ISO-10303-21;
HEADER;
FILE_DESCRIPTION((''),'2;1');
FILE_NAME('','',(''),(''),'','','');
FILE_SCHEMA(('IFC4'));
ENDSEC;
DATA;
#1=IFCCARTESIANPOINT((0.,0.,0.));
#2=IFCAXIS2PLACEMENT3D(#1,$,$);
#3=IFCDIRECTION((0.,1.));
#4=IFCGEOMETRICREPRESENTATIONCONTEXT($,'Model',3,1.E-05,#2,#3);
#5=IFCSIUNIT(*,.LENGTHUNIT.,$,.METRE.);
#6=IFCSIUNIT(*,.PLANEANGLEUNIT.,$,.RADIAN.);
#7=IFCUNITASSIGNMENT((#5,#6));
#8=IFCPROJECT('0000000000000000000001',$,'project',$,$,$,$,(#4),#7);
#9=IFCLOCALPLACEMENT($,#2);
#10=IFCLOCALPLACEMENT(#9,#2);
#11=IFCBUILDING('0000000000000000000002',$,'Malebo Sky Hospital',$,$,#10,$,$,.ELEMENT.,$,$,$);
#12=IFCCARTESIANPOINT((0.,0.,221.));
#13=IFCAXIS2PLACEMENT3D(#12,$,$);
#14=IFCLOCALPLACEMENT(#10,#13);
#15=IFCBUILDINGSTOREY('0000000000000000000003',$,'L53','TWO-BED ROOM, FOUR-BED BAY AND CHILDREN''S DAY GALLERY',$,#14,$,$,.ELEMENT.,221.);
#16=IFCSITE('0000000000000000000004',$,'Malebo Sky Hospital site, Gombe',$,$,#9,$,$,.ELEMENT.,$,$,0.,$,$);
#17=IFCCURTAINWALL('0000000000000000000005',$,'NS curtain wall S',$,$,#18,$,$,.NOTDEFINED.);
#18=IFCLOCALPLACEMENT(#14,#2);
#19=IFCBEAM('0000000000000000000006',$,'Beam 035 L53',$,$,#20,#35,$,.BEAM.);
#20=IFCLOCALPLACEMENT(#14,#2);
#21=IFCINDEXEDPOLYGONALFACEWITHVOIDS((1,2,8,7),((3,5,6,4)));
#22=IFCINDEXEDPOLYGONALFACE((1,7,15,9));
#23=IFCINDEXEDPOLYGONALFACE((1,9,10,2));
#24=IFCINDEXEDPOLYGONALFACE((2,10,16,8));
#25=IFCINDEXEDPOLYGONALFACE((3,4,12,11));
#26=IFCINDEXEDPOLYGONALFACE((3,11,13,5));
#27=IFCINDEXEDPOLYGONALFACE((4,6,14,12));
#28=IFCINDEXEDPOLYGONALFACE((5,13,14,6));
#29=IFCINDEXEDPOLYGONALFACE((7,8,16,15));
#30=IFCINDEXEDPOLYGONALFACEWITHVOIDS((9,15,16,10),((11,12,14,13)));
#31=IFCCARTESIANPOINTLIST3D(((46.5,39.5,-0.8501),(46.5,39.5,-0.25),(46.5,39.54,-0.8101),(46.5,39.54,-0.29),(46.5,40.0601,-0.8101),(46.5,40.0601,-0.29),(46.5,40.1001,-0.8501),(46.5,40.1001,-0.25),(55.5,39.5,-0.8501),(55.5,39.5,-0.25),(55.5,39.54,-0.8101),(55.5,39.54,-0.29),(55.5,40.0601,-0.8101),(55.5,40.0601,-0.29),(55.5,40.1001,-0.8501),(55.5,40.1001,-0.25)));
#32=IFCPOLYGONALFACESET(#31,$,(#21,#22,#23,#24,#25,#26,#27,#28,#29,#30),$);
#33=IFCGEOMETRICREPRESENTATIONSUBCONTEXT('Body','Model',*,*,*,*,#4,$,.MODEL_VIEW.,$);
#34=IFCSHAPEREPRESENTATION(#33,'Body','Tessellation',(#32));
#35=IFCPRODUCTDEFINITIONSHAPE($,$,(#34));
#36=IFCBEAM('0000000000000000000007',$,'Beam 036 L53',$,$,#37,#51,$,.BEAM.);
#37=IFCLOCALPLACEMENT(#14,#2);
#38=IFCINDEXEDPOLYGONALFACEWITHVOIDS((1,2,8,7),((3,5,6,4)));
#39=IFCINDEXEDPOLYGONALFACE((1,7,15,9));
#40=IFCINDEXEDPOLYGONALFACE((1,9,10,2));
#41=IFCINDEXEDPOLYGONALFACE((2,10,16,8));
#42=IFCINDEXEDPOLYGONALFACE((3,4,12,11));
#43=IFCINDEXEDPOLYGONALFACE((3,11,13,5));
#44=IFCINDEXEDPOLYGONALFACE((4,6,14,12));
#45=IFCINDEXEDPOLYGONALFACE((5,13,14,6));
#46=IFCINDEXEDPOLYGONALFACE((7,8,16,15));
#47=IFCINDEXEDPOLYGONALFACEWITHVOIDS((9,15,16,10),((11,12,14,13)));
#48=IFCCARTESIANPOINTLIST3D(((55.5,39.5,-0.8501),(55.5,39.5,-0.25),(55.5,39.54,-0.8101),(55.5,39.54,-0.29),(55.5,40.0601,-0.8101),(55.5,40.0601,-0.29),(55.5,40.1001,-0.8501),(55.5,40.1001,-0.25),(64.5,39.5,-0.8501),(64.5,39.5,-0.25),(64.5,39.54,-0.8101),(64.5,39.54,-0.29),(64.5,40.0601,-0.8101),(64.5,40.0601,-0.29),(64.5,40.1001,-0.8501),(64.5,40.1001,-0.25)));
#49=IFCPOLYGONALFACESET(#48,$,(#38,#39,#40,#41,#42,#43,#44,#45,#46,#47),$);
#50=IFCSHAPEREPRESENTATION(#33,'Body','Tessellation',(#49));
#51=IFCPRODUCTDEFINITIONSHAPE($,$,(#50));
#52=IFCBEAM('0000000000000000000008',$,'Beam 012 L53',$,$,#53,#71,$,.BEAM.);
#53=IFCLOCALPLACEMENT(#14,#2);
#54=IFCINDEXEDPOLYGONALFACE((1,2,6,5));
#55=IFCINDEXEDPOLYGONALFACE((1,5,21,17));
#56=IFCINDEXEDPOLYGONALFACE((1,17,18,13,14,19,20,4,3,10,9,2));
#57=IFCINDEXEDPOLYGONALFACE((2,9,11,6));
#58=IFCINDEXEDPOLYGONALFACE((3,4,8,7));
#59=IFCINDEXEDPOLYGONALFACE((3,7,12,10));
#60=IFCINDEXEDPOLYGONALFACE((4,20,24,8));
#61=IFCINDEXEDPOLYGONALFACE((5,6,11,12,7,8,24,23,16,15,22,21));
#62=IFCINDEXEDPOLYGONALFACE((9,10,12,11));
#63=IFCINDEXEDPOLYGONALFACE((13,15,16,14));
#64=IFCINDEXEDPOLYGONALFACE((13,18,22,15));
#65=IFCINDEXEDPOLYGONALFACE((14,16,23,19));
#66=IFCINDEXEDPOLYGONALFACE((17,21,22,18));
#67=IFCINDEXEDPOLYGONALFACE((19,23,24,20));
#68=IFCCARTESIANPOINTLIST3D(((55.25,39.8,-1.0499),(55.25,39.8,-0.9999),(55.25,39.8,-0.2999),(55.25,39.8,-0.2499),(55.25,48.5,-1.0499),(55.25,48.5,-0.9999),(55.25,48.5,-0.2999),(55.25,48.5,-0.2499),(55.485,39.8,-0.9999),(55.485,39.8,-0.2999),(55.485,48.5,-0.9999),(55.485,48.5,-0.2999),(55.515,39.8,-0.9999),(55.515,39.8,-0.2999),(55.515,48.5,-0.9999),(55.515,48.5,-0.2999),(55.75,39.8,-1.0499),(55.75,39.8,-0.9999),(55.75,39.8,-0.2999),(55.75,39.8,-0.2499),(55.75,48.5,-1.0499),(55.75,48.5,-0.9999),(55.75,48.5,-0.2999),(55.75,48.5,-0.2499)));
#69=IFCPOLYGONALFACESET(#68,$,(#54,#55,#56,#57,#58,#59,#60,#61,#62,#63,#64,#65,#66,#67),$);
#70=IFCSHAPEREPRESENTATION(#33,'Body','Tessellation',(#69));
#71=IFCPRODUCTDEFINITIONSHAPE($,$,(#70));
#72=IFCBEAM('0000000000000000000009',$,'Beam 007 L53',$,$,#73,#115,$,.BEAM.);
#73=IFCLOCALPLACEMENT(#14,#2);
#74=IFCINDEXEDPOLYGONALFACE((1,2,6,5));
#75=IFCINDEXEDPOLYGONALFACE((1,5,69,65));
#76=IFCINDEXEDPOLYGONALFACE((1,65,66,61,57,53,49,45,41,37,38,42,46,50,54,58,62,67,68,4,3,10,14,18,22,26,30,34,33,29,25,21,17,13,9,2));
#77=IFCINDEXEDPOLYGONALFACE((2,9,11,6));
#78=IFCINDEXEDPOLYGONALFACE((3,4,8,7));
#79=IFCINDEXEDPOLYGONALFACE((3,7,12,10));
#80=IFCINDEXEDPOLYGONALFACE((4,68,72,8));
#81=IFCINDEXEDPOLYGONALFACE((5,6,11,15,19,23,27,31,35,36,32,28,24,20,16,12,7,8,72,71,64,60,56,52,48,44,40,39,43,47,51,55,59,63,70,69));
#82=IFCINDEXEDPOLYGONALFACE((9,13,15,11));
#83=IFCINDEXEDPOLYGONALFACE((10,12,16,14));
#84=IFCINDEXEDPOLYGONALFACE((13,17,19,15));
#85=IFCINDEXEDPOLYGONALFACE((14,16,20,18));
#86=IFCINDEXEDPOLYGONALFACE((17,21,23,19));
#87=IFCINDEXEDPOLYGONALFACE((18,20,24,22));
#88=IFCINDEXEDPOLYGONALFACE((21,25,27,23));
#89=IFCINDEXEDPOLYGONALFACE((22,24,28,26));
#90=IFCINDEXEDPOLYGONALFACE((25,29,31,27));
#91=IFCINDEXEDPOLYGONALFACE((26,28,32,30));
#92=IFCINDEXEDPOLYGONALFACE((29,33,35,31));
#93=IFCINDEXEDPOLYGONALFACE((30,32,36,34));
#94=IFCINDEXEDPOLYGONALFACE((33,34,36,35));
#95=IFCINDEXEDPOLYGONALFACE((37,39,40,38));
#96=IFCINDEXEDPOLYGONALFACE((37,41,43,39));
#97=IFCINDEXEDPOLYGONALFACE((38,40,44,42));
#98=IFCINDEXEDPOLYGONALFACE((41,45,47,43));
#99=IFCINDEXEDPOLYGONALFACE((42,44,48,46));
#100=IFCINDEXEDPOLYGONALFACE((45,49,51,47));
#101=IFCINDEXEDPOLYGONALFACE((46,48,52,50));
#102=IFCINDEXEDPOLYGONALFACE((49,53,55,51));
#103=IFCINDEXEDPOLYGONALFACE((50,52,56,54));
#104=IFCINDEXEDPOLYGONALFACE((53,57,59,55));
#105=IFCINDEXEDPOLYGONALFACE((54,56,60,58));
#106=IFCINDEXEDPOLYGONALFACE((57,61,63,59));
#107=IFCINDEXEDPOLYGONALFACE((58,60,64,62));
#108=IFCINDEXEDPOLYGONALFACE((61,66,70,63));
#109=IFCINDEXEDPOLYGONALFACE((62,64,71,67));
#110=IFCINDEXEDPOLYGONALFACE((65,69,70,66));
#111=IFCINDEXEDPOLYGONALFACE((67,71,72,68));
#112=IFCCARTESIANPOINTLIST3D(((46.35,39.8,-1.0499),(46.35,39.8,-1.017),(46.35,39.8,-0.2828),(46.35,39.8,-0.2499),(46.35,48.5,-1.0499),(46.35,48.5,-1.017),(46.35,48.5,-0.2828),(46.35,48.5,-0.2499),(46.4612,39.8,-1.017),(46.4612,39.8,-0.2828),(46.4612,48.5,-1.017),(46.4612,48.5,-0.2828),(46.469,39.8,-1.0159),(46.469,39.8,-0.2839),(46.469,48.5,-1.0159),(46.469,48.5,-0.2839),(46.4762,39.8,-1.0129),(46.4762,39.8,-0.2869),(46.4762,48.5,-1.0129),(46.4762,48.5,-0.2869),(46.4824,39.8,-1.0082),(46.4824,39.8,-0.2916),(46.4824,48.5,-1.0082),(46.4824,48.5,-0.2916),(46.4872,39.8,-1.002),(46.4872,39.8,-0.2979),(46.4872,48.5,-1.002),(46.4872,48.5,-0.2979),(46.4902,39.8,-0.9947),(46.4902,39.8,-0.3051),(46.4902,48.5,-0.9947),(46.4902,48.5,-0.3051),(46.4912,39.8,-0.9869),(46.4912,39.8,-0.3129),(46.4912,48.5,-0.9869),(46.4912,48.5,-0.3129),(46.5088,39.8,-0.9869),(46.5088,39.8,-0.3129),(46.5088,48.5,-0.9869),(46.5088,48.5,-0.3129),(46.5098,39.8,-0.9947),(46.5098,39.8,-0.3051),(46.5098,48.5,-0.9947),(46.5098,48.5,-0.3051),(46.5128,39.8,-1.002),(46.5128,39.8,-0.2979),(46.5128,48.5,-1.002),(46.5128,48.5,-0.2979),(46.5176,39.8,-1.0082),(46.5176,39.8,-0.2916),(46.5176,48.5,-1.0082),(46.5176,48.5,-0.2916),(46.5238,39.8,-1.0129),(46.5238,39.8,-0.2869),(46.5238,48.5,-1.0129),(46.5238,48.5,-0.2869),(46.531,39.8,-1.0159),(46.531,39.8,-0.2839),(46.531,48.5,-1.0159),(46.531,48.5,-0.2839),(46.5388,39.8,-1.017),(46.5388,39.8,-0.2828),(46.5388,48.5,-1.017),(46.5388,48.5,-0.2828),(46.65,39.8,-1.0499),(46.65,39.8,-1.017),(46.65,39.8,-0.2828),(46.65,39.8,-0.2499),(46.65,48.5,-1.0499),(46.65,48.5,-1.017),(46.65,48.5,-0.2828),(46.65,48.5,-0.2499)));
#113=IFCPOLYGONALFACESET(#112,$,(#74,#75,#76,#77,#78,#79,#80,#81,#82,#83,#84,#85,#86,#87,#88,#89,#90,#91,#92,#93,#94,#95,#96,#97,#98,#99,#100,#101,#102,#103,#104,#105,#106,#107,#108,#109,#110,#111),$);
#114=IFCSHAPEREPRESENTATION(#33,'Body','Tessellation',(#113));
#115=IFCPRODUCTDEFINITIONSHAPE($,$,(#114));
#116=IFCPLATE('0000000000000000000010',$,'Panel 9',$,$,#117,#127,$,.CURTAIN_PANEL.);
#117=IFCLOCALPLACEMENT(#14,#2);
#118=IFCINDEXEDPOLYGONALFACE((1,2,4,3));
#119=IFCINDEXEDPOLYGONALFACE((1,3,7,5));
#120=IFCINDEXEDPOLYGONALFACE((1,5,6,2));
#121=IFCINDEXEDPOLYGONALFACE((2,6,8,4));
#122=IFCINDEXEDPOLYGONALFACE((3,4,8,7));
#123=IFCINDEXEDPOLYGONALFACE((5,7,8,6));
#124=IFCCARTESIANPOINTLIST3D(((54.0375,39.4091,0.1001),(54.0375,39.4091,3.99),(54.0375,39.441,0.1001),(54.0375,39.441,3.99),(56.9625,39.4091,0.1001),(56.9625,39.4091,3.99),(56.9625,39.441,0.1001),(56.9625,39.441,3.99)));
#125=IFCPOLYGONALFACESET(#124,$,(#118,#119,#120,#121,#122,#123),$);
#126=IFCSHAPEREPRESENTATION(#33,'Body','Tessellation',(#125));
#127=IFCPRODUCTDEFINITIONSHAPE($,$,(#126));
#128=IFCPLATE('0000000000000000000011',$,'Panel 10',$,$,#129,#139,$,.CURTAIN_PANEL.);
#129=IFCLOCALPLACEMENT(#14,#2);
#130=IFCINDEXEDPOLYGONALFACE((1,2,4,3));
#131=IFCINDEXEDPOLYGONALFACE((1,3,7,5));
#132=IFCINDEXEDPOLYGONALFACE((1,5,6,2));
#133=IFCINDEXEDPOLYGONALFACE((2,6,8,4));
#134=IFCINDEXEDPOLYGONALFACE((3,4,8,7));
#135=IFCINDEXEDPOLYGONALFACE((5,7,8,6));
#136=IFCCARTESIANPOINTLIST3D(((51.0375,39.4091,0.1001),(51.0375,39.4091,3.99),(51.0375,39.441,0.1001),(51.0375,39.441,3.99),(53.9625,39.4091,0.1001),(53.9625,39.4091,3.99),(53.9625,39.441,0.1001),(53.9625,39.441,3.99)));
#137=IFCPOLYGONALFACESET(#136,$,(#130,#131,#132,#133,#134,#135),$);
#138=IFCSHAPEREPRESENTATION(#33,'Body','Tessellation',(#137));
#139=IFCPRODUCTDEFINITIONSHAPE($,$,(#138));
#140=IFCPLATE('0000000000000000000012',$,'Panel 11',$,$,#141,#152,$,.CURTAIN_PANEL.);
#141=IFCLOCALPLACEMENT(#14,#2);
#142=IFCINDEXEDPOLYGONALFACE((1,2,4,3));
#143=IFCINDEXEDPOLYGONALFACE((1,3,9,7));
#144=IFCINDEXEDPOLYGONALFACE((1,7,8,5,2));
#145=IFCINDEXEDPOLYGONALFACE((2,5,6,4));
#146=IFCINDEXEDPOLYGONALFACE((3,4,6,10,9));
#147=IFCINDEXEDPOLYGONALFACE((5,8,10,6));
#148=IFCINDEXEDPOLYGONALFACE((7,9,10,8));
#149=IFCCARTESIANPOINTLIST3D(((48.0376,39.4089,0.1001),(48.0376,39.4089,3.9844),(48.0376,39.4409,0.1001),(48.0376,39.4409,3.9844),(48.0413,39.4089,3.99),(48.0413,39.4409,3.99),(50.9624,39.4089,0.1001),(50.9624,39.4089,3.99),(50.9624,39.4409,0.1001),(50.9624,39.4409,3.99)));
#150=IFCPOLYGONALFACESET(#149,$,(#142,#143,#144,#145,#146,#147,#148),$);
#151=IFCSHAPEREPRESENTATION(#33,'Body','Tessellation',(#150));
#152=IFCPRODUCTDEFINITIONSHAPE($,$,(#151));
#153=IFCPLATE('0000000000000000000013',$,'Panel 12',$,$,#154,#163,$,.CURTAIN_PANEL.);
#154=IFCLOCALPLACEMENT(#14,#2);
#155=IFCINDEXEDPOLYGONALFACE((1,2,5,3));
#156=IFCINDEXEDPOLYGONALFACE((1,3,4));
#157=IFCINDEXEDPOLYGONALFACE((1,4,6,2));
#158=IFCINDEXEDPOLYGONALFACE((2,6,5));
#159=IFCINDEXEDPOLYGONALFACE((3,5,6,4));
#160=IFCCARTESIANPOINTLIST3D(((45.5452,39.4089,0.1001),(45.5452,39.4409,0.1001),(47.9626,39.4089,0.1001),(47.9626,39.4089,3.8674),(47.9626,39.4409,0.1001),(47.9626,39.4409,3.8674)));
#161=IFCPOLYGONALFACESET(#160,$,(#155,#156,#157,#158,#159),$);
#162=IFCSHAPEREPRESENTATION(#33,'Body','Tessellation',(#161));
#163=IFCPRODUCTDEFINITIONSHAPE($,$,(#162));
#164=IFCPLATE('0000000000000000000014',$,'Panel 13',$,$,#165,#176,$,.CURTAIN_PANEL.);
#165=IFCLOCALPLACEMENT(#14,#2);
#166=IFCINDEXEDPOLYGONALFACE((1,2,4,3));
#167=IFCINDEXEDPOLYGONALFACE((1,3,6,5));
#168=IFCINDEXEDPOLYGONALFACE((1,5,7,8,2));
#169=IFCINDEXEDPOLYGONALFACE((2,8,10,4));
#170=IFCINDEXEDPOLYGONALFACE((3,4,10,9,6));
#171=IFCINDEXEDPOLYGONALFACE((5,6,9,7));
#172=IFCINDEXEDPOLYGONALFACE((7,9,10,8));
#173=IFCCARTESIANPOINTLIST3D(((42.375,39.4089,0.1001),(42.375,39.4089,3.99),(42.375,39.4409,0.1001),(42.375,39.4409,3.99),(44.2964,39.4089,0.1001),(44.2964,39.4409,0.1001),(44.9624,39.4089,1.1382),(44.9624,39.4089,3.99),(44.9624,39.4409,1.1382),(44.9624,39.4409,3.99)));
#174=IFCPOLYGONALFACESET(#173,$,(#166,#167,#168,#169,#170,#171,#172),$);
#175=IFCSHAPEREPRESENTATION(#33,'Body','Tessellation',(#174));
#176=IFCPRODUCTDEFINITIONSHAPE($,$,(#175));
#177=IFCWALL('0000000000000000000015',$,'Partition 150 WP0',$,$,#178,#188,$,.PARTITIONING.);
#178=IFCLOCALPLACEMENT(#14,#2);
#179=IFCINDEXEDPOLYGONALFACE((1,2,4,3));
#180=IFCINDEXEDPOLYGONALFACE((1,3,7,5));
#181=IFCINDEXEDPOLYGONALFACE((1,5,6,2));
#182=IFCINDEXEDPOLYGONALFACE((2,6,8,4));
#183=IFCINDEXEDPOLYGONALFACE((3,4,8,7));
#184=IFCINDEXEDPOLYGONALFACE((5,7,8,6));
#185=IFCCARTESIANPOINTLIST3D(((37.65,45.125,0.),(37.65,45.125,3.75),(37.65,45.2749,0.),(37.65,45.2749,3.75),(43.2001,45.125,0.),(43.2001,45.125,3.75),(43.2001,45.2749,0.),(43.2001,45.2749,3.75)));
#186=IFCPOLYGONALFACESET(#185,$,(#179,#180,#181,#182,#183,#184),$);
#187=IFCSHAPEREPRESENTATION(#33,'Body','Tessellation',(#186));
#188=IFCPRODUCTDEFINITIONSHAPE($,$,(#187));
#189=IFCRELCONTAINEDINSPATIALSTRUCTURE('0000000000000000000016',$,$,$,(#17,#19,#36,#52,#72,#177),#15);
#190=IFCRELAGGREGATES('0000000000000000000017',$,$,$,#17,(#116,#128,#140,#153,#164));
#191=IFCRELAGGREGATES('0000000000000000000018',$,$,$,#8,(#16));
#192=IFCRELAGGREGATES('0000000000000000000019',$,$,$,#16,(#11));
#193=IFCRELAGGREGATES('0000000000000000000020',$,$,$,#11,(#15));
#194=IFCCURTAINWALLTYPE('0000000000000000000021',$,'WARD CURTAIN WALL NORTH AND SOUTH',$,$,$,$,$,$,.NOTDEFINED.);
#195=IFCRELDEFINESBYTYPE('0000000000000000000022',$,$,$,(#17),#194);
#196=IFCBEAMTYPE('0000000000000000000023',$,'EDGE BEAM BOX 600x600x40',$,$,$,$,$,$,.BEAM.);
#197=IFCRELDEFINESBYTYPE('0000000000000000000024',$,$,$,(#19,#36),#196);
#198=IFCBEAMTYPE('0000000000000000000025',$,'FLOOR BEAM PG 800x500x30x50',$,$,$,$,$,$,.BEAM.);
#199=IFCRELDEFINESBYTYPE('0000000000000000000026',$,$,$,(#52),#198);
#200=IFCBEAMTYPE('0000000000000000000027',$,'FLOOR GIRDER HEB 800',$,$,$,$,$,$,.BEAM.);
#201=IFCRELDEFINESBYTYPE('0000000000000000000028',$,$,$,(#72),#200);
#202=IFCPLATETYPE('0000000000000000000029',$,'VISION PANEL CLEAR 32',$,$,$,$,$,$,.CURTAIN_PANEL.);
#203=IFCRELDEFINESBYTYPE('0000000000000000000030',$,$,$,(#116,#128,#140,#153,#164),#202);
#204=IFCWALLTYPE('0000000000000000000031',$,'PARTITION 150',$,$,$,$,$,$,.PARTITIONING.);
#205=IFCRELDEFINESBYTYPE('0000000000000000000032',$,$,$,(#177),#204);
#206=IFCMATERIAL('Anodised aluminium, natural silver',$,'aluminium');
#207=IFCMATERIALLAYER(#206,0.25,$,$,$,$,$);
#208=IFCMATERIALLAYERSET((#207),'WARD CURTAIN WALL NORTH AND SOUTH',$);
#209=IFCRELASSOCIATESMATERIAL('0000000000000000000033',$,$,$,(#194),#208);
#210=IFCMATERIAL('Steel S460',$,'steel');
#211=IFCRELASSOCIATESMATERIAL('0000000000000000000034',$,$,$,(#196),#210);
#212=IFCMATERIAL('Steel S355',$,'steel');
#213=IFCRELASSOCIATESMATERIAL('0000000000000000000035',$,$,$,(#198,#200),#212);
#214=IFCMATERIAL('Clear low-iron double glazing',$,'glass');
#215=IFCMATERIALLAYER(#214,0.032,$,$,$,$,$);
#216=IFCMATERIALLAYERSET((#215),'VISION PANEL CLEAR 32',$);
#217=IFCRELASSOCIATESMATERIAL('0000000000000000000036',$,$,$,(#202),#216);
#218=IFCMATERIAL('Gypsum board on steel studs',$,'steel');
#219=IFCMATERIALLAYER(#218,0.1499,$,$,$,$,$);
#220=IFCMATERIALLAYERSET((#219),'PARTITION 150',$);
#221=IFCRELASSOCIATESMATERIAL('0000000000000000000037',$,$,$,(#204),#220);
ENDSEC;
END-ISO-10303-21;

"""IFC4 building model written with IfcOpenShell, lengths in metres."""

from ifc_helpers import new_model, si_unit, direction, frame, frame_2d, origin, origin_2d, place, context, subcontext, project, spatial, polyline, rectangle, hollow_rectangle, i_section, outline, extrude, material, layer, layer_set, material_profile, profile_set, type_object, element, aggregate, save


model = new_model("IFC4")

# Units and contexts
model_context = context("Model", 3, precision=1e-05, world=origin(), true_north=direction((0.0, 1.0)))
body_context = subcontext(model_context, "Body", "Model", "MODEL_VIEW")
ifc_project = project(units=[si_unit("LENGTHUNIT", "METRE"), si_unit("PLANEANGLEUNIT", "RADIAN")], contexts=[model_context])

# Site, building, storey
site_placement = place(None, origin())
site = spatial("IfcSite", under=ifc_project, at=site_placement, Name="Malebo Sky Hospital site, Gombe", CompositionType="ELEMENT", RefElevation=0.0)
building_placement = place(site_placement, origin())
building = spatial("IfcBuilding", under=site, at=building_placement, Name="Malebo Sky Hospital", CompositionType="ELEMENT")
storey_placement = place(building_placement, frame((0.0, 0.0, 221.0)))
storey = spatial("IfcBuildingStorey", under=building, at=storey_placement, Name="L53", Description="TWO-BED ROOM, FOUR-BED BAY AND CHILDREN'S DAY GALLERY", CompositionType="ELEMENT", Elevation=221.0)

# Shared definitions
ifc_material_1 = material(Name="Steel S460", Category="steel")

# Curtain wall
ifc_material_2 = material(Name="Anodised aluminium, natural silver", Category="aluminium")
ifc_layer_1 = layer(ifc_material_2, 0.25)
ifc_layer_set_1 = layer_set([ifc_layer_1], Name="WARD CURTAIN WALL NORTH AND SOUTH")
curtain_wall_type = type_object("IfcCurtainWallType", Name="WARD CURTAIN WALL NORTH AND SOUTH", PredefinedType="NOTDEFINED", material=ifc_layer_set_1)
curtain_wall_placement = place(storey_placement, origin())
curtain_wall = element("IfcCurtainWall", 1, at=curtain_wall_placement, inside=storey, type_object=curtain_wall_type, Name="NS curtain wall S", PredefinedType="NOTDEFINED")

# Shared definitions
ifc_material_3 = material(Name="Steel S355", Category="steel")

# Beams
ifc_material_profile_1 = material_profile(ifc_material_1, hollow_rectangle(XDim=0.6001, YDim=0.6001, WallThickness=0.04, at=origin_2d()), Name="BOX 600x600x40")
ifc_profile_set_1 = profile_set([ifc_material_profile_1], Name="Steel S460")
beam_type_1 = type_object("IfcBeamType", Name="EDGE BEAM BOX 600x600x40", PredefinedType="BEAM", material=ifc_profile_set_1)
for number, where, z_axis, x_axis, name in (
    (2, (46.5, 39.8, -0.55), (1.0, 0.0, 0.0), (0.0, 1.0, 0.0), "Beam 035 L53"),
    (3, (55.5, 39.8, -0.55), (1.0, 0.0, 0.0), (0.0, 1.0, 0.0), "Beam 036 L53"),
):
    element("IfcBeam", number, at=place(storey_placement, frame(where, z_axis=z_axis, x_axis=x_axis)), inside=storey, type_object=beam_type_1, Name=name, PredefinedType="BEAM", context=body_context, shape_type="SweptSolid", body=[
        extrude(hollow_rectangle(XDim=0.6001, YDim=0.6001, WallThickness=0.04, at=origin_2d()), origin(), (0.0, 0.0, 1.0), 9.0),
    ])
ifc_material_profile_2 = material_profile(ifc_material_3, i_section(OverallWidth=0.5, OverallDepth=0.8, WebThickness=0.03, FlangeThickness=0.05, at=origin_2d()), Name="PG 800x500x30x50")
ifc_profile_set_2 = profile_set([ifc_material_profile_2], Name="Steel S355")
beam_type_2 = type_object("IfcBeamType", Name="FLOOR BEAM PG 800x500x30x50", PredefinedType="BEAM", material=ifc_profile_set_2)
beam_1_placement = place(storey_placement, frame((55.5, 39.8, -0.6499), z_axis=(0.0, 1.0, 0.0), x_axis=(-1.0, 0.0, 0.0)))
element("IfcBeam", 4, at=beam_1_placement, inside=storey, type_object=beam_type_2, Name="Beam 012 L53", PredefinedType="BEAM", context=body_context, shape_type="SweptSolid", body=[
    extrude(i_section(OverallWidth=0.5, OverallDepth=0.8, WebThickness=0.03, FlangeThickness=0.05, at=origin_2d()), origin(), (0.0, 0.0, 1.0), 8.7),
])
ifc_material_profile_3 = material_profile(ifc_material_3, i_section(OverallWidth=0.3, OverallDepth=0.8, WebThickness=0.0176, FlangeThickness=0.033, FilletRadius=0.03, at=origin_2d()), Name="HEB 800")
ifc_profile_set_3 = profile_set([ifc_material_profile_3], Name="Steel S355")
beam_type_3 = type_object("IfcBeamType", Name="FLOOR GIRDER HEB 800", PredefinedType="BEAM", material=ifc_profile_set_3)
beam_2_placement = place(storey_placement, frame((46.5, 39.8, -0.6499), z_axis=(0.0, 1.0, 0.0), x_axis=(-1.0, 0.0, 0.0)))
element("IfcBeam", 5, at=beam_2_placement, inside=storey, type_object=beam_type_3, Name="Beam 007 L53", PredefinedType="BEAM", context=body_context, shape_type="SweptSolid", body=[
    extrude(i_section(OverallWidth=0.3, OverallDepth=0.8, WebThickness=0.0176, FlangeThickness=0.033, FilletRadius=0.03, at=origin_2d()), origin(), (0.0, 0.0, 1.0), 8.7),
])

# Plates
ifc_material_4 = material(Name="Clear low-iron double glazing", Category="glass")
ifc_layer_2 = layer(ifc_material_4, 0.032)
ifc_layer_set_2 = layer_set([ifc_layer_2], Name="VISION PANEL CLEAR 32")
plate_type = type_object("IfcPlateType", Name="VISION PANEL CLEAR 32", PredefinedType="CURTAIN_PANEL", material=ifc_layer_set_2)
plate_1_placement = place(storey_placement, frame((55.5, 39.425, 0.1001), z_axis=(0.0, 0.0, 1.0), x_axis=(-1.0, 0.0, 0.0)))
plate_1 = element("IfcPlate", 6, at=plate_1_placement, type_object=plate_type, Name="Panel 9", PredefinedType="CURTAIN_PANEL", context=body_context, shape_type="SweptSolid", body=[
    extrude(rectangle(XDim=2.925, YDim=0.032, at=origin_2d()), origin(), (0.0, 0.0, 1.0), 3.8899),
])
plate_2_placement = place(storey_placement, frame((52.5, 39.425, 0.1001), z_axis=(0.0, 0.0, 1.0), x_axis=(-1.0, 0.0, 0.0)))
plate_2 = element("IfcPlate", 7, at=plate_2_placement, type_object=plate_type, Name="Panel 10", PredefinedType="CURTAIN_PANEL", context=body_context, shape_type="SweptSolid", body=[
    extrude(rectangle(XDim=2.925, YDim=0.032, at=origin_2d()), origin(), (0.0, 0.0, 1.0), 3.8899),
])
plate_3_placement = place(storey_placement, frame((49.5, 39.425, 0.1001), z_axis=(0.0, 0.0, 1.0), x_axis=(-1.0, 0.0, 0.0)))
plate_3 = element("IfcPlate", 8, at=plate_3_placement, type_object=plate_type, Name="Panel 11", PredefinedType="CURTAIN_PANEL", context=body_context, shape_type="SweptSolid", body=[
    extrude(outline(polyline([(-1.4624, 0.0), (1.4624, 0.0), (1.4624, 3.8843), (1.4587, 3.8899), (-1.4624, 3.8899), (-1.4624, 0.0)])), frame((0.0, 0.0161, 0.0), z_axis=(0.0, -1.0, 0.0), x_axis=(1.0, 0.0, 0.0)), (0.0, 0.0, 1.0), 0.032),
])
plate_4_placement = place(storey_placement, frame((46.7539, 39.425, 0.1001), z_axis=(0.0, 0.0, 1.0), x_axis=(-1.0, 0.0, 0.0)))
plate_4 = element("IfcPlate", 9, at=plate_4_placement, type_object=plate_type, Name="Panel 12", PredefinedType="CURTAIN_PANEL", context=body_context, shape_type="SweptSolid", body=[
    extrude(outline(polyline([(-1.2087, 0.0), (1.2087, 0.0), (-1.2087, 3.7673), (-1.2087, 0.0)])), frame((0.0, 0.0161, 0.0), z_axis=(0.0, -1.0, 0.0), x_axis=(1.0, 0.0, 0.0)), (0.0, 0.0, 1.0), 0.032),
])
plate_5_placement = place(storey_placement, frame((43.6687, 39.425, 0.1001), z_axis=(0.0, 0.0, 1.0), x_axis=(-1.0, 0.0, 0.0)))
plate_5 = element("IfcPlate", 10, at=plate_5_placement, type_object=plate_type, Name="Panel 13", PredefinedType="CURTAIN_PANEL", context=body_context, shape_type="SweptSolid", body=[
    extrude(outline(polyline([(-0.6277, 0.0), (1.2937, 0.0), (1.2937, 3.8899), (-1.2937, 3.8899), (-1.2937, 1.0381), (-0.6277, 0.0)])), frame((0.0, 0.0161, 0.0), z_axis=(0.0, -1.0, 0.0), x_axis=(1.0, 0.0, 0.0)), (0.0, 0.0, 1.0), 0.032),
])
aggregate(curtain_wall, [plate_1, plate_2, plate_3, plate_4, plate_5])

# Wall
ifc_material_5 = material(Name="Gypsum board on steel studs", Category="steel")
ifc_layer_3 = layer(ifc_material_5, 0.1499)
ifc_layer_set_3 = layer_set([ifc_layer_3], Name="PARTITION 150")
wall_type = type_object("IfcWallType", Name="PARTITION 150", PredefinedType="PARTITIONING", material=ifc_layer_set_3)
for number, where, z_axis, x_axis, name in (
    (11, (43.2, 45.2, 0.0), (0.0, 0.0, 1.0), (-1.0, 0.0, 0.0), "Partition 150 WP0"),
):
    element("IfcWall", number, at=place(storey_placement, frame(where, z_axis=z_axis, x_axis=x_axis)), inside=storey, type_object=wall_type, Name=name, PredefinedType="PARTITIONING", context=body_context, shape_type="SweptSolid", body=[
        extrude(rectangle(XDim=5.55, YDim=0.1499, at=frame_2d((2.7749, 0.0))), origin(), (0.0, 0.0, 1.0), 3.75),
    ])

save(model, "model.ifc")
